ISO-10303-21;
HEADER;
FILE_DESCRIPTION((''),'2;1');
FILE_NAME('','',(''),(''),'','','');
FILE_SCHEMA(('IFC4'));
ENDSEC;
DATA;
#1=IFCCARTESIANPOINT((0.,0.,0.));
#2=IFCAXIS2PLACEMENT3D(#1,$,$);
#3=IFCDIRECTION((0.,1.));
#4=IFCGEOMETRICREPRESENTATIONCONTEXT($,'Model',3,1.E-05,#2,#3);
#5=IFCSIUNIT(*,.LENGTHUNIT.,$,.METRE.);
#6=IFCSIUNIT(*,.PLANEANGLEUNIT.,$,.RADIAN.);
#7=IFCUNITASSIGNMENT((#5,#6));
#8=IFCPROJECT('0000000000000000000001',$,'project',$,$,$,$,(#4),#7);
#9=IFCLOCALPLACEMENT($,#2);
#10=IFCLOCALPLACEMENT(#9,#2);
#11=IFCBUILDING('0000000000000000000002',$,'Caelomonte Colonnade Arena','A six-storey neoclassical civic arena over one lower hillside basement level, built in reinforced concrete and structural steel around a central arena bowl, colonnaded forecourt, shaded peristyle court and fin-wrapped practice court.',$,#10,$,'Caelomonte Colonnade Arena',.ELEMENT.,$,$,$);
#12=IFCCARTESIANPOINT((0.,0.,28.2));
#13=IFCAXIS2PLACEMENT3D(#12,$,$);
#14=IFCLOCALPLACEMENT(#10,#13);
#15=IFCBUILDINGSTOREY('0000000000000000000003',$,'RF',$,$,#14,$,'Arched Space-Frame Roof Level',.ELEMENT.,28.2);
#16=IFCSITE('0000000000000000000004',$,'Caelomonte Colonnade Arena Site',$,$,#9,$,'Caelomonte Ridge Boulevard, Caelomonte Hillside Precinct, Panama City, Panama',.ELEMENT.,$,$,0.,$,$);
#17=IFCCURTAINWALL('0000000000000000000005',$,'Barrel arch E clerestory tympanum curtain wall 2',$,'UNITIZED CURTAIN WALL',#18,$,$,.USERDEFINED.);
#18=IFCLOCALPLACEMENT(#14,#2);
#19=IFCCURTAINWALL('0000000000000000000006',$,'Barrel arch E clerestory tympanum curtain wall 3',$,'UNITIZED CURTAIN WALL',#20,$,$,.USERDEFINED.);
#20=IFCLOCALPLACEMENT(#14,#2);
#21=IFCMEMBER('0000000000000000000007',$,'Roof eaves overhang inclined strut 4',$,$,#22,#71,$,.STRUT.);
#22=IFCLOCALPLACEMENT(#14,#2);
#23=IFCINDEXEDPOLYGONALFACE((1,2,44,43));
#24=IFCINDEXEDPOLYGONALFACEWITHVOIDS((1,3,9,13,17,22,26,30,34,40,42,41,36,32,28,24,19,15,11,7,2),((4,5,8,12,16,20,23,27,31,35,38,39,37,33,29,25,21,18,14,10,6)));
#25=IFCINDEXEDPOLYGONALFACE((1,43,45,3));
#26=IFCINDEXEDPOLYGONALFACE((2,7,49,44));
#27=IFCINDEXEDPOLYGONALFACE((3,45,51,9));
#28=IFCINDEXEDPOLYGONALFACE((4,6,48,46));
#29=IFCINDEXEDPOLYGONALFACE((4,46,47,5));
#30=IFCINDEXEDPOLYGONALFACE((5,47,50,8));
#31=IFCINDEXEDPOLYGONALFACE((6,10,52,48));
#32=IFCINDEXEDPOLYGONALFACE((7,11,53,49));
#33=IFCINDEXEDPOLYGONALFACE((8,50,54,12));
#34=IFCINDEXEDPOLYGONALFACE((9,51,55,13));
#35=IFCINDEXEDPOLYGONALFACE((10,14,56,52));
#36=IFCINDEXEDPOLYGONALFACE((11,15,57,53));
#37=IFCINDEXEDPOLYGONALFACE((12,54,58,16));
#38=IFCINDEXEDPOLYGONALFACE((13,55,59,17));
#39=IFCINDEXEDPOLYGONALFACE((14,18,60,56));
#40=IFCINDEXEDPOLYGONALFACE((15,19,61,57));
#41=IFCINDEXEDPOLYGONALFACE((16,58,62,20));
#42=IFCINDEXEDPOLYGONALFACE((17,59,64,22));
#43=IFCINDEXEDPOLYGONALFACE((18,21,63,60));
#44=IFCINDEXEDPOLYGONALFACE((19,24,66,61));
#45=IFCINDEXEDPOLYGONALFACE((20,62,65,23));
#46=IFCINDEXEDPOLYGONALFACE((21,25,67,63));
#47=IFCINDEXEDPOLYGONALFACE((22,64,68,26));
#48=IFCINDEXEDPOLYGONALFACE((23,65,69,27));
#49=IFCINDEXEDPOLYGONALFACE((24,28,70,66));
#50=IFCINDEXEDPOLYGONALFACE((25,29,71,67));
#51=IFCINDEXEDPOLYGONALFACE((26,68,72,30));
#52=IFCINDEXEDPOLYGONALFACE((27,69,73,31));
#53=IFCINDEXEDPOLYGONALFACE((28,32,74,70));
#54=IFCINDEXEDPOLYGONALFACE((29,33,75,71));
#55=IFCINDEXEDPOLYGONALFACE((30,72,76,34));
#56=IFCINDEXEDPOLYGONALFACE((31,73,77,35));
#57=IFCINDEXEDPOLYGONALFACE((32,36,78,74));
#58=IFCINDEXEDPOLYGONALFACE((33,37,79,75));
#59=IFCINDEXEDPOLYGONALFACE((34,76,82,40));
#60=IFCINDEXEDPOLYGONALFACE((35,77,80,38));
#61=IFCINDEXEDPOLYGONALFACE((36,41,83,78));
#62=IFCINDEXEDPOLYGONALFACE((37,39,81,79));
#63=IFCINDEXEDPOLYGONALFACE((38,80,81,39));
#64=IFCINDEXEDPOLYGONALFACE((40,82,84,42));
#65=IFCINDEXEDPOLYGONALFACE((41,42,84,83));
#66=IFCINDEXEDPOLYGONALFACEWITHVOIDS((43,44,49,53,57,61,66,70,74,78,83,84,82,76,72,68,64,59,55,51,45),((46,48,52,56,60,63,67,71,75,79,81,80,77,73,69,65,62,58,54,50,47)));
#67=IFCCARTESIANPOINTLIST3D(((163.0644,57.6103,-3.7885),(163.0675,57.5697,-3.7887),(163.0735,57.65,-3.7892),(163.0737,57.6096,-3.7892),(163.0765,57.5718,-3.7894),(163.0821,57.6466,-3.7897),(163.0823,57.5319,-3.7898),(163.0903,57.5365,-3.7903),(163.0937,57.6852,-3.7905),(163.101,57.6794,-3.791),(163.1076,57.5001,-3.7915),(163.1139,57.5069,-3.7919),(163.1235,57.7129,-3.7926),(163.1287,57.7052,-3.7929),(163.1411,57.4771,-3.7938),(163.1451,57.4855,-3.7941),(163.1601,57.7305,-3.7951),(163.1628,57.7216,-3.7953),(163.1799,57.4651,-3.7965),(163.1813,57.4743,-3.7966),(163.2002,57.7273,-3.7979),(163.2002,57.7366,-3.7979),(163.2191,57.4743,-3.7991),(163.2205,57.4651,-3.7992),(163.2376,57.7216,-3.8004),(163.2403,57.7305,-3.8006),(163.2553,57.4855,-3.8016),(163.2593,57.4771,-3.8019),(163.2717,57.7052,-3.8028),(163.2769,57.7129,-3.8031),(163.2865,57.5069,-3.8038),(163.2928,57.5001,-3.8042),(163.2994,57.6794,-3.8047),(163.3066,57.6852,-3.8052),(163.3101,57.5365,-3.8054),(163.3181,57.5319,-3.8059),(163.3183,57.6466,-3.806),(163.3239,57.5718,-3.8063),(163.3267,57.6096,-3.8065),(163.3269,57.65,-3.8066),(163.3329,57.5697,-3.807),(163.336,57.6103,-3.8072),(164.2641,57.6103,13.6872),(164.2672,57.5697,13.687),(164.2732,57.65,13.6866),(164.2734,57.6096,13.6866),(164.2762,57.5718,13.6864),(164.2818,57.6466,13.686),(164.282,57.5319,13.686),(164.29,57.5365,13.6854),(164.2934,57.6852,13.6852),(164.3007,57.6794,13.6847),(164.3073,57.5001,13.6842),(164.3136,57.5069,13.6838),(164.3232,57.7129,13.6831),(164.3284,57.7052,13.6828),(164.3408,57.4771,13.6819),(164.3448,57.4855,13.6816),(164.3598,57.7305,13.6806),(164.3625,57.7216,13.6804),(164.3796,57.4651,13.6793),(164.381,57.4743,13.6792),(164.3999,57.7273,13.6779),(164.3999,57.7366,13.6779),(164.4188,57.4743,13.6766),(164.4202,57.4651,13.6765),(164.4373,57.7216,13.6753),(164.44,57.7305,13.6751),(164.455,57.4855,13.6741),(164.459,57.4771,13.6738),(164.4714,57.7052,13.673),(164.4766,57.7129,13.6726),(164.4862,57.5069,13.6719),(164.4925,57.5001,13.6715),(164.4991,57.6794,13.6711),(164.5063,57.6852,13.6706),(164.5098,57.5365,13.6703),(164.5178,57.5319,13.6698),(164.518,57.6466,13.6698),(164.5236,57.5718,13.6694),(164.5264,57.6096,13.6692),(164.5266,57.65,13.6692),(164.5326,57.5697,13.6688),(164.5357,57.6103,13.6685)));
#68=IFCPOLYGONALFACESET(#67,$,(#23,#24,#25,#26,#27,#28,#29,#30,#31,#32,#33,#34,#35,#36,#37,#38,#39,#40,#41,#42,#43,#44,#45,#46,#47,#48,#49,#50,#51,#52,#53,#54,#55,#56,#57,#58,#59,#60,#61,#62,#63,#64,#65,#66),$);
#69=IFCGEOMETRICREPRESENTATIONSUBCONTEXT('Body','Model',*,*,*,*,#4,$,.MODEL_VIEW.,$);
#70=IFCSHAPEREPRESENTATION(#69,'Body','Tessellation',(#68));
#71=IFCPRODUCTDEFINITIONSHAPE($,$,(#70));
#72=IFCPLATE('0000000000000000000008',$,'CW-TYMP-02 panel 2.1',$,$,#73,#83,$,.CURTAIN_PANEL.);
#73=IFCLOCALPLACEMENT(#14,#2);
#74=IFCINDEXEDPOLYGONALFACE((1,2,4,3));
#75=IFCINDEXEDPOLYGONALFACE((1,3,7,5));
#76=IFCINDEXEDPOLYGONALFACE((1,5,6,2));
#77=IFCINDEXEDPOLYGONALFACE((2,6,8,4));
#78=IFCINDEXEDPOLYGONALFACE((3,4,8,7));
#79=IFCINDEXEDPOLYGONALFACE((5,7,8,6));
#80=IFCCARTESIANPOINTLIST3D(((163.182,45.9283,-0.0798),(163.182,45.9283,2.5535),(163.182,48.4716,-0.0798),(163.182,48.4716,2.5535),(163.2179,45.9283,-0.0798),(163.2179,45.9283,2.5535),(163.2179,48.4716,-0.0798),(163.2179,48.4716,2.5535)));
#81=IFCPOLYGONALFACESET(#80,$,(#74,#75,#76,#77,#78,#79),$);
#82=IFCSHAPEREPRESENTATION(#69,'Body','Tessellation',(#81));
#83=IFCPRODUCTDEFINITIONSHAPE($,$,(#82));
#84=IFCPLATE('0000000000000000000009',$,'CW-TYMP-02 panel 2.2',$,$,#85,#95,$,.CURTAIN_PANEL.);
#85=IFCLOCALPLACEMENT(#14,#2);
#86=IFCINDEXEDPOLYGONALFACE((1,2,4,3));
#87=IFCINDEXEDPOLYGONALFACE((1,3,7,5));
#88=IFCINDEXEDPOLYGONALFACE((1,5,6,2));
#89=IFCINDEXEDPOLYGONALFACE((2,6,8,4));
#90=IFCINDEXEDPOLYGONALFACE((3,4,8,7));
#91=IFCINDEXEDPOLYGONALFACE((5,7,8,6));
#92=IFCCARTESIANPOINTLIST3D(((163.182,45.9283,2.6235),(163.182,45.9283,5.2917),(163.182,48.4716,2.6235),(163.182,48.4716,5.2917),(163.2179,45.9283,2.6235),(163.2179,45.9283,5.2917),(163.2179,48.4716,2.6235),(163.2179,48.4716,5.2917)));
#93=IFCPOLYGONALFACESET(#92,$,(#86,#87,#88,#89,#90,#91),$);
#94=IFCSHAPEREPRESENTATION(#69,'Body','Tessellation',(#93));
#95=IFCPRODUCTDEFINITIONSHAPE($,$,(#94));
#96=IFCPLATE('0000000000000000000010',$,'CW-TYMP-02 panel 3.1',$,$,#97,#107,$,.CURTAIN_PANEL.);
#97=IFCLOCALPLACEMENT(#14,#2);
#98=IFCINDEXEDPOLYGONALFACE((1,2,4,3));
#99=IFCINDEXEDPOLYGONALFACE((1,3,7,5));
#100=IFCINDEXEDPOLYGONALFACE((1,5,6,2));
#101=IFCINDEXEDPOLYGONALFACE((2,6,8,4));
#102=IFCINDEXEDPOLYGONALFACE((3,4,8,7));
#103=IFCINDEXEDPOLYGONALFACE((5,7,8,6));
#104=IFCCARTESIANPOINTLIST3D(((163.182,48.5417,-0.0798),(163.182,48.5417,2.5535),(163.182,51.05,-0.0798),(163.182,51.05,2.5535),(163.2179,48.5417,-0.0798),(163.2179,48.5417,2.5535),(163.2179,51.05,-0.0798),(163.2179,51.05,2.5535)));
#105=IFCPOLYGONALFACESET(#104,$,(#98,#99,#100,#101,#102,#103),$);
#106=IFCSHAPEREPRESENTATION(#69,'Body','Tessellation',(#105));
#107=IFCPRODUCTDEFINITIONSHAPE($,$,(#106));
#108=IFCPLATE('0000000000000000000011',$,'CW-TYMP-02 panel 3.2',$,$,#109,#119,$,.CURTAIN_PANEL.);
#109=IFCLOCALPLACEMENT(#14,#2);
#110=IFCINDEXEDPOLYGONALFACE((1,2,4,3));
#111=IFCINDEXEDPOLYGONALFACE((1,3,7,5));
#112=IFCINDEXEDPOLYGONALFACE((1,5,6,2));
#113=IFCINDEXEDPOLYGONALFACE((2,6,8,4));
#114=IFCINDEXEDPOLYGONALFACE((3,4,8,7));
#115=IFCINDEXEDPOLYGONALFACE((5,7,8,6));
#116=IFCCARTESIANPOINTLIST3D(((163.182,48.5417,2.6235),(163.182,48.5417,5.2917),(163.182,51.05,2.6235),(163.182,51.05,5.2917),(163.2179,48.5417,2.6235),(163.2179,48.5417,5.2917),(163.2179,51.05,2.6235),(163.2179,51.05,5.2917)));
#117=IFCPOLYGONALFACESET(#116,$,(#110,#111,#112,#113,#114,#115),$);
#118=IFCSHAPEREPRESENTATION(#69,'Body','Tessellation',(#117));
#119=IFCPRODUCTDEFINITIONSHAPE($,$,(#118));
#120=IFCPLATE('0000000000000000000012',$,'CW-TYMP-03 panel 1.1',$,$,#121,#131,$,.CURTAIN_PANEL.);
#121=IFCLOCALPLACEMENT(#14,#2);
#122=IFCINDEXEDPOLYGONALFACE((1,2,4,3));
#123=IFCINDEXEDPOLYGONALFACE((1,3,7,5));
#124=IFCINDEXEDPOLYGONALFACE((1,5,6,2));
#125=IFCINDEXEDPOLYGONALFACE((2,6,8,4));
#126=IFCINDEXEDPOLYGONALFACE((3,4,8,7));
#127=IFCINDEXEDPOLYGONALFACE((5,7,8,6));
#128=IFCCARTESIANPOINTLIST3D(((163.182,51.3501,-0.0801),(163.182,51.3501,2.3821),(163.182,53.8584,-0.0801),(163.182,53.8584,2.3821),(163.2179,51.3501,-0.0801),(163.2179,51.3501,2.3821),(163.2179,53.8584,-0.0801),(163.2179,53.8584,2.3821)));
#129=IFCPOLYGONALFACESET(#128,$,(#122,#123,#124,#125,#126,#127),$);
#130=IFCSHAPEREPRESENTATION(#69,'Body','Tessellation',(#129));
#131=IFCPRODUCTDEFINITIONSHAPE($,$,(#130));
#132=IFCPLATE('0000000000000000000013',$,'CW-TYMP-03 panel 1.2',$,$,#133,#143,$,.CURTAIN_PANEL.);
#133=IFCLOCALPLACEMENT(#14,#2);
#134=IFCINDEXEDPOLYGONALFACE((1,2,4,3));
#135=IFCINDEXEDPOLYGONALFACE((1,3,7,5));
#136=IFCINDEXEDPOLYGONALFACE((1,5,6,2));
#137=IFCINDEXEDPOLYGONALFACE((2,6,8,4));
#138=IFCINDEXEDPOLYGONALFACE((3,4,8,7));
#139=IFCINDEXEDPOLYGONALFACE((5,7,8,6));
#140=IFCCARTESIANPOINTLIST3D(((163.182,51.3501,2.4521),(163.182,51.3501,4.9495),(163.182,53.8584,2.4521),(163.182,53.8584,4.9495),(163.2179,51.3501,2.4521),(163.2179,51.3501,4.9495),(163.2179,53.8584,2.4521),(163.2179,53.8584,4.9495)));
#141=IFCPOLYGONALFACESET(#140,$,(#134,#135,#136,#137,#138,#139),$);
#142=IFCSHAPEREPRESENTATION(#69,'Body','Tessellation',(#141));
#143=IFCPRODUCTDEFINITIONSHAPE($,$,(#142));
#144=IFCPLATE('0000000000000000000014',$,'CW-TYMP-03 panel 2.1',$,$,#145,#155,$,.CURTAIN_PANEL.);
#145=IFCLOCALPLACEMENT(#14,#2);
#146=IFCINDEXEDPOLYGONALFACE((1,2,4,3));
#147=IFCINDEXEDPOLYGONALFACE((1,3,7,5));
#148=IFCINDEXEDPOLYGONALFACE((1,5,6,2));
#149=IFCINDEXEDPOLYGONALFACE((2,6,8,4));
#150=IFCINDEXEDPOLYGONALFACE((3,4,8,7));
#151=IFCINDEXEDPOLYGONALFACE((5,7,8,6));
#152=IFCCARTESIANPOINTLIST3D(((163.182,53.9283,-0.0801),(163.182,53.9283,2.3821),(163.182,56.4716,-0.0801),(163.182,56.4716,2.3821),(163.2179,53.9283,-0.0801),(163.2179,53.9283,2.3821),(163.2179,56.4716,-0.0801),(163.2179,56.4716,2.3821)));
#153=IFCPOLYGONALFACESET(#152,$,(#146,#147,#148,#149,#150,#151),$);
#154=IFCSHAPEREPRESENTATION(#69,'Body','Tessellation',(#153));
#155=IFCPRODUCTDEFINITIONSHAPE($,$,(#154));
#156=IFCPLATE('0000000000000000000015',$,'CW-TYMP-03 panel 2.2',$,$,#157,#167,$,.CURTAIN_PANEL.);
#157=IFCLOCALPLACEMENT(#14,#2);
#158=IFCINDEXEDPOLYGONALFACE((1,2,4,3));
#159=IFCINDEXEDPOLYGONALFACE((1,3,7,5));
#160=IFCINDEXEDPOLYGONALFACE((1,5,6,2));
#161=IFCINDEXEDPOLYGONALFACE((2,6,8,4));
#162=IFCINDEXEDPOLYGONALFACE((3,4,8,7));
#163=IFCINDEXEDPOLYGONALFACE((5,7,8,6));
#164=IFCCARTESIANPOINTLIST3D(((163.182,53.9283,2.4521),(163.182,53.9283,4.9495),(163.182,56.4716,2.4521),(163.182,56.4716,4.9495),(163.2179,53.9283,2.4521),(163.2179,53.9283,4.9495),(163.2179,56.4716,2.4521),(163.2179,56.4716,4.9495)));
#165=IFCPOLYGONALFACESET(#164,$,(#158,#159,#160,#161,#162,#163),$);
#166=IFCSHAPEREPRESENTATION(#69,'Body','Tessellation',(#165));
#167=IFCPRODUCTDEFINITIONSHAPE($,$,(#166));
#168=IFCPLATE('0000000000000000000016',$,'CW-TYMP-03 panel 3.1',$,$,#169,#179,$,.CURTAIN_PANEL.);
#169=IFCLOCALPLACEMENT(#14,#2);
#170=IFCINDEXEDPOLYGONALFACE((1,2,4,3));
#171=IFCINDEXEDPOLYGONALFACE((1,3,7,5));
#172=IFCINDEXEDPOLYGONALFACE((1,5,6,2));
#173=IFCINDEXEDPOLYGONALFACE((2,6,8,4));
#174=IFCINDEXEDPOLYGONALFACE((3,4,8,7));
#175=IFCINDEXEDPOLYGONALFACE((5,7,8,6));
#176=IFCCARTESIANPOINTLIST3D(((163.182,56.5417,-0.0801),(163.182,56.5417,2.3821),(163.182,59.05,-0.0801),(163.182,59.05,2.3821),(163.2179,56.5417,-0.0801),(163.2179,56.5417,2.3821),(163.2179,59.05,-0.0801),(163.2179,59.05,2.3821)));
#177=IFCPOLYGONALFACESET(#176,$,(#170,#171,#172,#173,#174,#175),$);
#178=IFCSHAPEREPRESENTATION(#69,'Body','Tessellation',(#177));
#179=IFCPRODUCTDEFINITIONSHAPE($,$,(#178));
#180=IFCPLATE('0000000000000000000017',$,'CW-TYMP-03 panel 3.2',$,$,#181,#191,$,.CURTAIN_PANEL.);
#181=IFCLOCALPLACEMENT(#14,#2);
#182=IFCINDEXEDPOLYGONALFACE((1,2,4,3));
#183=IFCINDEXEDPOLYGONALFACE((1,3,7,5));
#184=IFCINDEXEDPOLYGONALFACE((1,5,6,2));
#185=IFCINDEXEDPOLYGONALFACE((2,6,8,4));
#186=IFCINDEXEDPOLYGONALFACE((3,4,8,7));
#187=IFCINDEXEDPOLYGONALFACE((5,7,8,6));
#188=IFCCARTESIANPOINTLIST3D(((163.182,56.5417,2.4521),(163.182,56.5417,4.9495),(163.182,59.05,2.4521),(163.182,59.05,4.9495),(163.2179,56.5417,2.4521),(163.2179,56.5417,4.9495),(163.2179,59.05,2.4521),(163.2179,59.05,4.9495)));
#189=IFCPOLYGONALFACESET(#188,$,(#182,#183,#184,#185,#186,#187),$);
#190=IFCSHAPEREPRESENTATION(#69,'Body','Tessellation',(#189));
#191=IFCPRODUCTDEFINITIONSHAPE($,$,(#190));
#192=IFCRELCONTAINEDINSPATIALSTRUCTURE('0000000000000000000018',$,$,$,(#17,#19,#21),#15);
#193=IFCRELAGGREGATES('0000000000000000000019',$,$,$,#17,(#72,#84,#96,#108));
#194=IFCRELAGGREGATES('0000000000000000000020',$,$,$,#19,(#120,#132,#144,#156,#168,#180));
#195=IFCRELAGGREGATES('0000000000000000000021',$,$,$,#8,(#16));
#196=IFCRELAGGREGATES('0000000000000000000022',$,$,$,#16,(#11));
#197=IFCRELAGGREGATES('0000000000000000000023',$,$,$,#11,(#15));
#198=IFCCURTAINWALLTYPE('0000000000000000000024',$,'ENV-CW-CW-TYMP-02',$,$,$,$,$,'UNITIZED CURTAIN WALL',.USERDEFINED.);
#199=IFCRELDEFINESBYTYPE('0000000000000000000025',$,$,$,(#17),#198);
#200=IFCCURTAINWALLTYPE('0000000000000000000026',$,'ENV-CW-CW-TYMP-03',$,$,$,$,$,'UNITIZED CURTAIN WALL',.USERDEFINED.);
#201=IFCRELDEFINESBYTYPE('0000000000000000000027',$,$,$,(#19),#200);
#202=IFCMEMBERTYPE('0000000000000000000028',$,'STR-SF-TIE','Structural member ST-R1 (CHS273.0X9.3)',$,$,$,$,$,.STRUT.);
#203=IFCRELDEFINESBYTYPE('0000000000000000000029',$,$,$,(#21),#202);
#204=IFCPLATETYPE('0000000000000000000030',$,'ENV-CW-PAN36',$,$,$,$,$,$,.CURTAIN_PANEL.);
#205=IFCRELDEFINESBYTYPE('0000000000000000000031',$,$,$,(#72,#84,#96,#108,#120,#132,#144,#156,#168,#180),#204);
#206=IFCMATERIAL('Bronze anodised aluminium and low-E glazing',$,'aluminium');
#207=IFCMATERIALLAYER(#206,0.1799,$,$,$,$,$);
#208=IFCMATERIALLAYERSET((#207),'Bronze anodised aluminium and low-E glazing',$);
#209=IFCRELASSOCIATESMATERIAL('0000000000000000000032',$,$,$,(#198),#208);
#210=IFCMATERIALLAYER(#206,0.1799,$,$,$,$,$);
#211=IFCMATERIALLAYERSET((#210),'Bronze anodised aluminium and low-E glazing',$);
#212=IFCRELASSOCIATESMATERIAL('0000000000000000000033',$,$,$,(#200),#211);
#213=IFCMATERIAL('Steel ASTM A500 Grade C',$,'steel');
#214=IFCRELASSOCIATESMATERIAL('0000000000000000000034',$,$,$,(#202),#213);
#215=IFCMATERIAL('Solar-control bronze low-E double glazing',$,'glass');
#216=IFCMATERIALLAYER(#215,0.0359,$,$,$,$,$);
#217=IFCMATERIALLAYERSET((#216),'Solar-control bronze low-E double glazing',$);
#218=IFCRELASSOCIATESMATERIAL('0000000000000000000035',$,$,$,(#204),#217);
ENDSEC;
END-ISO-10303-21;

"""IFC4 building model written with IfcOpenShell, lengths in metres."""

from ifc_helpers import new_model, si_unit, direction, frame, origin, origin_2d, place, context, subcontext, project, spatial, rectangle, hollow_circle, extrude, material, layer, layer_set, material_profile, profile_set, type_object, element, aggregate, save


model = new_model("IFC4")

# Units and contexts
model_context = context("Model", 3, precision=1e-05, world=origin(), true_north=direction((0.0, 1.0)))
body_context = subcontext(model_context, "Body", "Model", "MODEL_VIEW")
ifc_project = project(units=[si_unit("LENGTHUNIT", "METRE"), si_unit("PLANEANGLEUNIT", "RADIAN")], contexts=[model_context])

# Site, building, storey
site_placement = place(None, origin())
site = spatial("IfcSite", under=ifc_project, at=site_placement, Name="Caelomonte Colonnade Arena Site", LongName="Caelomonte Ridge Boulevard, Caelomonte Hillside Precinct, Panama City, Panama", CompositionType="ELEMENT", RefElevation=0.0)
building_placement = place(site_placement, origin())
building = spatial("IfcBuilding", under=site, at=building_placement, Name="Caelomonte Colonnade Arena", Description="A six-storey neoclassical civic arena over one lower hillside basement level, built in reinforced concrete and structural steel around a central arena bowl, colonnaded forecourt, shaded peristyle court and fin-wrapped practice court.", LongName="Caelomonte Colonnade Arena", CompositionType="ELEMENT")
storey_placement = place(building_placement, frame((0.0, 0.0, 28.2)))
storey = spatial("IfcBuildingStorey", under=building, at=storey_placement, Name="RF", LongName="Arched Space-Frame Roof Level", CompositionType="ELEMENT", Elevation=28.2)

# Curtain walls
ifc_material_1 = material(Name="Bronze anodised aluminium and low-E glazing", Category="aluminium")
ifc_layer_1 = layer(ifc_material_1, 0.1799)
ifc_layer_set_1 = layer_set([ifc_layer_1], Name="Bronze anodised aluminium and low-E glazing")
curtain_wall_type_1 = type_object("IfcCurtainWallType", Name="ENV-CW-CW-TYMP-02", ElementType="UNITIZED CURTAIN WALL", PredefinedType="USERDEFINED", material=ifc_layer_set_1)
curtain_wall_1_placement = place(storey_placement, origin())
curtain_wall_1 = element("IfcCurtainWall", 1, at=curtain_wall_1_placement, inside=storey, type_object=curtain_wall_type_1, Name="Barrel arch E clerestory tympanum curtain wall 2", ObjectType="UNITIZED CURTAIN WALL", PredefinedType="USERDEFINED")
ifc_layer_2 = layer(ifc_material_1, 0.1799)
ifc_layer_set_2 = layer_set([ifc_layer_2], Name="Bronze anodised aluminium and low-E glazing")
curtain_wall_type_2 = type_object("IfcCurtainWallType", Name="ENV-CW-CW-TYMP-03", ElementType="UNITIZED CURTAIN WALL", PredefinedType="USERDEFINED", material=ifc_layer_set_2)
curtain_wall_2_placement = place(storey_placement, origin())
curtain_wall_2 = element("IfcCurtainWall", 2, at=curtain_wall_2_placement, inside=storey, type_object=curtain_wall_type_2, Name="Barrel arch E clerestory tympanum curtain wall 3", ObjectType="UNITIZED CURTAIN WALL", PredefinedType="USERDEFINED")

# Member
ifc_material_2 = material(Name="Steel ASTM A500 Grade C", Category="steel")
ifc_material_profile_1 = material_profile(ifc_material_2, hollow_circle(Radius=0.1365, WallThickness=0.0093, at=origin_2d()), Name="CHS273.0X9.3")
ifc_profile_set_1 = profile_set([ifc_material_profile_1], Name="Steel ASTM A500 Grade C")
member_type_1 = type_object("IfcMemberType", Name="STR-SF-TIE", Description="Structural member ST-R1 (CHS273.0X9.3)", PredefinedType="STRUT", material=ifc_profile_set_1)
member_1_placement = place(storey_placement, frame((163.2002, 57.6001, -3.7979), z_axis=(0.068488, 0.0, 0.997652), x_axis=(0.0, 1.0, 0.0)))
element("IfcMember", 3, at=member_1_placement, inside=storey, type_object=member_type_1, Name="Roof eaves overhang inclined strut 4", PredefinedType="STRUT", context=body_context, shape_type="SweptSolid", body=[
    extrude(hollow_circle(Radius=0.1365, WallThickness=0.0093, at=origin_2d()), origin(), (0.0, 0.0, 1.0), 17.5168),
])

# Plates
ifc_material_3 = material(Name="Solar-control bronze low-E double glazing", Category="glass")
ifc_layer_3 = layer(ifc_material_3, 0.0359)
ifc_layer_set_3 = layer_set([ifc_layer_3], Name="Solar-control bronze low-E double glazing")
plate_type = type_object("IfcPlateType", Name="ENV-CW-PAN36", PredefinedType="CURTAIN_PANEL", material=ifc_layer_set_3)
plate_1_placement = place(storey_placement, frame((163.2, 47.2, -0.0798), z_axis=(0.0, 0.0, 1.0), x_axis=(0.0, 1.0, 0.0)))
plate_1 = element("IfcPlate", 4, at=plate_1_placement, type_object=plate_type, Name="CW-TYMP-02 panel 2.1", PredefinedType="CURTAIN_PANEL", context=body_context, shape_type="SweptSolid", body=[
    extrude(rectangle(XDim=2.5432, YDim=0.0359, at=origin_2d()), origin(), (0.0, 0.0, 1.0), 2.6333),
])
plate_2_placement = place(storey_placement, frame((163.2, 47.2, 2.6235), z_axis=(0.0, 0.0, 1.0), x_axis=(0.0, 1.0, 0.0)))
plate_2 = element("IfcPlate", 5, at=plate_2_placement, type_object=plate_type, Name="CW-TYMP-02 panel 2.2", PredefinedType="CURTAIN_PANEL", context=body_context, shape_type="SweptSolid", body=[
    extrude(rectangle(XDim=2.5432, YDim=0.0359, at=origin_2d()), origin(), (0.0, 0.0, 1.0), 2.6682),
])
plate_3_placement = place(storey_placement, frame((163.2, 49.7959, -0.0798), z_axis=(0.0, 0.0, 1.0), x_axis=(0.0, 1.0, 0.0)))
plate_3 = element("IfcPlate", 6, at=plate_3_placement, type_object=plate_type, Name="CW-TYMP-02 panel 3.1", PredefinedType="CURTAIN_PANEL", context=body_context, shape_type="SweptSolid", body=[
    extrude(rectangle(XDim=2.5083, YDim=0.0359, at=origin_2d()), origin(), (0.0, 0.0, 1.0), 2.6333),
])
plate_4_placement = place(storey_placement, frame((163.2, 49.7959, 2.6235), z_axis=(0.0, 0.0, 1.0), x_axis=(0.0, 1.0, 0.0)))
plate_4 = element("IfcPlate", 7, at=plate_4_placement, type_object=plate_type, Name="CW-TYMP-02 panel 3.2", PredefinedType="CURTAIN_PANEL", context=body_context, shape_type="SweptSolid", body=[
    extrude(rectangle(XDim=2.5083, YDim=0.0359, at=origin_2d()), origin(), (0.0, 0.0, 1.0), 2.6682),
])
aggregate(curtain_wall_1, [plate_1, plate_2, plate_3, plate_4])
plate_5_placement = place(storey_placement, frame((163.2, 52.6042, -0.0801), z_axis=(0.0, 0.0, 1.0), x_axis=(0.0, 1.0, 0.0)))
plate_5 = element("IfcPlate", 8, at=plate_5_placement, type_object=plate_type, Name="CW-TYMP-03 panel 1.1", PredefinedType="CURTAIN_PANEL", context=body_context, shape_type="SweptSolid", body=[
    extrude(rectangle(XDim=2.5083, YDim=0.0359, at=origin_2d()), origin(), (0.0, 0.0, 1.0), 2.4622),
])
plate_6_placement = place(storey_placement, frame((163.2, 52.6042, 2.4521), z_axis=(0.0, 0.0, 1.0), x_axis=(0.0, 1.0, 0.0)))
plate_6 = element("IfcPlate", 9, at=plate_6_placement, type_object=plate_type, Name="CW-TYMP-03 panel 1.2", PredefinedType="CURTAIN_PANEL", context=body_context, shape_type="SweptSolid", body=[
    extrude(rectangle(XDim=2.5083, YDim=0.0359, at=origin_2d()), origin(), (0.0, 0.0, 1.0), 2.4973),
])
plate_7_placement = place(storey_placement, frame((163.2, 55.2, -0.0801), z_axis=(0.0, 0.0, 1.0), x_axis=(0.0, 1.0, 0.0)))
plate_7 = element("IfcPlate", 10, at=plate_7_placement, type_object=plate_type, Name="CW-TYMP-03 panel 2.1", PredefinedType="CURTAIN_PANEL", context=body_context, shape_type="SweptSolid", body=[
    extrude(rectangle(XDim=2.5432, YDim=0.0359, at=origin_2d()), origin(), (0.0, 0.0, 1.0), 2.4622),
])
plate_8_placement = place(storey_placement, frame((163.2, 55.2, 2.4521), z_axis=(0.0, 0.0, 1.0), x_axis=(0.0, 1.0, 0.0)))
plate_8 = element("IfcPlate", 11, at=plate_8_placement, type_object=plate_type, Name="CW-TYMP-03 panel 2.2", PredefinedType="CURTAIN_PANEL", context=body_context, shape_type="SweptSolid", body=[
    extrude(rectangle(XDim=2.5432, YDim=0.0359, at=origin_2d()), origin(), (0.0, 0.0, 1.0), 2.4973),
])
plate_9_placement = place(storey_placement, frame((163.2, 57.7959, -0.0801), z_axis=(0.0, 0.0, 1.0), x_axis=(0.0, 1.0, 0.0)))
plate_9 = element("IfcPlate", 12, at=plate_9_placement, type_object=plate_type, Name="CW-TYMP-03 panel 3.1", PredefinedType="CURTAIN_PANEL", context=body_context, shape_type="SweptSolid", body=[
    extrude(rectangle(XDim=2.5083, YDim=0.0359, at=origin_2d()), origin(), (0.0, 0.0, 1.0), 2.4622),
])
plate_10_placement = place(storey_placement, frame((163.2, 57.7959, 2.4521), z_axis=(0.0, 0.0, 1.0), x_axis=(0.0, 1.0, 0.0)))
plate_10 = element("IfcPlate", 13, at=plate_10_placement, type_object=plate_type, Name="CW-TYMP-03 panel 3.2", PredefinedType="CURTAIN_PANEL", context=body_context, shape_type="SweptSolid", body=[
    extrude(rectangle(XDim=2.5083, YDim=0.0359, at=origin_2d()), origin(), (0.0, 0.0, 1.0), 2.4973),
])
aggregate(curtain_wall_2, [plate_5, plate_6, plate_7, plate_8, plate_9, plate_10])

save(model, "model.ifc")
